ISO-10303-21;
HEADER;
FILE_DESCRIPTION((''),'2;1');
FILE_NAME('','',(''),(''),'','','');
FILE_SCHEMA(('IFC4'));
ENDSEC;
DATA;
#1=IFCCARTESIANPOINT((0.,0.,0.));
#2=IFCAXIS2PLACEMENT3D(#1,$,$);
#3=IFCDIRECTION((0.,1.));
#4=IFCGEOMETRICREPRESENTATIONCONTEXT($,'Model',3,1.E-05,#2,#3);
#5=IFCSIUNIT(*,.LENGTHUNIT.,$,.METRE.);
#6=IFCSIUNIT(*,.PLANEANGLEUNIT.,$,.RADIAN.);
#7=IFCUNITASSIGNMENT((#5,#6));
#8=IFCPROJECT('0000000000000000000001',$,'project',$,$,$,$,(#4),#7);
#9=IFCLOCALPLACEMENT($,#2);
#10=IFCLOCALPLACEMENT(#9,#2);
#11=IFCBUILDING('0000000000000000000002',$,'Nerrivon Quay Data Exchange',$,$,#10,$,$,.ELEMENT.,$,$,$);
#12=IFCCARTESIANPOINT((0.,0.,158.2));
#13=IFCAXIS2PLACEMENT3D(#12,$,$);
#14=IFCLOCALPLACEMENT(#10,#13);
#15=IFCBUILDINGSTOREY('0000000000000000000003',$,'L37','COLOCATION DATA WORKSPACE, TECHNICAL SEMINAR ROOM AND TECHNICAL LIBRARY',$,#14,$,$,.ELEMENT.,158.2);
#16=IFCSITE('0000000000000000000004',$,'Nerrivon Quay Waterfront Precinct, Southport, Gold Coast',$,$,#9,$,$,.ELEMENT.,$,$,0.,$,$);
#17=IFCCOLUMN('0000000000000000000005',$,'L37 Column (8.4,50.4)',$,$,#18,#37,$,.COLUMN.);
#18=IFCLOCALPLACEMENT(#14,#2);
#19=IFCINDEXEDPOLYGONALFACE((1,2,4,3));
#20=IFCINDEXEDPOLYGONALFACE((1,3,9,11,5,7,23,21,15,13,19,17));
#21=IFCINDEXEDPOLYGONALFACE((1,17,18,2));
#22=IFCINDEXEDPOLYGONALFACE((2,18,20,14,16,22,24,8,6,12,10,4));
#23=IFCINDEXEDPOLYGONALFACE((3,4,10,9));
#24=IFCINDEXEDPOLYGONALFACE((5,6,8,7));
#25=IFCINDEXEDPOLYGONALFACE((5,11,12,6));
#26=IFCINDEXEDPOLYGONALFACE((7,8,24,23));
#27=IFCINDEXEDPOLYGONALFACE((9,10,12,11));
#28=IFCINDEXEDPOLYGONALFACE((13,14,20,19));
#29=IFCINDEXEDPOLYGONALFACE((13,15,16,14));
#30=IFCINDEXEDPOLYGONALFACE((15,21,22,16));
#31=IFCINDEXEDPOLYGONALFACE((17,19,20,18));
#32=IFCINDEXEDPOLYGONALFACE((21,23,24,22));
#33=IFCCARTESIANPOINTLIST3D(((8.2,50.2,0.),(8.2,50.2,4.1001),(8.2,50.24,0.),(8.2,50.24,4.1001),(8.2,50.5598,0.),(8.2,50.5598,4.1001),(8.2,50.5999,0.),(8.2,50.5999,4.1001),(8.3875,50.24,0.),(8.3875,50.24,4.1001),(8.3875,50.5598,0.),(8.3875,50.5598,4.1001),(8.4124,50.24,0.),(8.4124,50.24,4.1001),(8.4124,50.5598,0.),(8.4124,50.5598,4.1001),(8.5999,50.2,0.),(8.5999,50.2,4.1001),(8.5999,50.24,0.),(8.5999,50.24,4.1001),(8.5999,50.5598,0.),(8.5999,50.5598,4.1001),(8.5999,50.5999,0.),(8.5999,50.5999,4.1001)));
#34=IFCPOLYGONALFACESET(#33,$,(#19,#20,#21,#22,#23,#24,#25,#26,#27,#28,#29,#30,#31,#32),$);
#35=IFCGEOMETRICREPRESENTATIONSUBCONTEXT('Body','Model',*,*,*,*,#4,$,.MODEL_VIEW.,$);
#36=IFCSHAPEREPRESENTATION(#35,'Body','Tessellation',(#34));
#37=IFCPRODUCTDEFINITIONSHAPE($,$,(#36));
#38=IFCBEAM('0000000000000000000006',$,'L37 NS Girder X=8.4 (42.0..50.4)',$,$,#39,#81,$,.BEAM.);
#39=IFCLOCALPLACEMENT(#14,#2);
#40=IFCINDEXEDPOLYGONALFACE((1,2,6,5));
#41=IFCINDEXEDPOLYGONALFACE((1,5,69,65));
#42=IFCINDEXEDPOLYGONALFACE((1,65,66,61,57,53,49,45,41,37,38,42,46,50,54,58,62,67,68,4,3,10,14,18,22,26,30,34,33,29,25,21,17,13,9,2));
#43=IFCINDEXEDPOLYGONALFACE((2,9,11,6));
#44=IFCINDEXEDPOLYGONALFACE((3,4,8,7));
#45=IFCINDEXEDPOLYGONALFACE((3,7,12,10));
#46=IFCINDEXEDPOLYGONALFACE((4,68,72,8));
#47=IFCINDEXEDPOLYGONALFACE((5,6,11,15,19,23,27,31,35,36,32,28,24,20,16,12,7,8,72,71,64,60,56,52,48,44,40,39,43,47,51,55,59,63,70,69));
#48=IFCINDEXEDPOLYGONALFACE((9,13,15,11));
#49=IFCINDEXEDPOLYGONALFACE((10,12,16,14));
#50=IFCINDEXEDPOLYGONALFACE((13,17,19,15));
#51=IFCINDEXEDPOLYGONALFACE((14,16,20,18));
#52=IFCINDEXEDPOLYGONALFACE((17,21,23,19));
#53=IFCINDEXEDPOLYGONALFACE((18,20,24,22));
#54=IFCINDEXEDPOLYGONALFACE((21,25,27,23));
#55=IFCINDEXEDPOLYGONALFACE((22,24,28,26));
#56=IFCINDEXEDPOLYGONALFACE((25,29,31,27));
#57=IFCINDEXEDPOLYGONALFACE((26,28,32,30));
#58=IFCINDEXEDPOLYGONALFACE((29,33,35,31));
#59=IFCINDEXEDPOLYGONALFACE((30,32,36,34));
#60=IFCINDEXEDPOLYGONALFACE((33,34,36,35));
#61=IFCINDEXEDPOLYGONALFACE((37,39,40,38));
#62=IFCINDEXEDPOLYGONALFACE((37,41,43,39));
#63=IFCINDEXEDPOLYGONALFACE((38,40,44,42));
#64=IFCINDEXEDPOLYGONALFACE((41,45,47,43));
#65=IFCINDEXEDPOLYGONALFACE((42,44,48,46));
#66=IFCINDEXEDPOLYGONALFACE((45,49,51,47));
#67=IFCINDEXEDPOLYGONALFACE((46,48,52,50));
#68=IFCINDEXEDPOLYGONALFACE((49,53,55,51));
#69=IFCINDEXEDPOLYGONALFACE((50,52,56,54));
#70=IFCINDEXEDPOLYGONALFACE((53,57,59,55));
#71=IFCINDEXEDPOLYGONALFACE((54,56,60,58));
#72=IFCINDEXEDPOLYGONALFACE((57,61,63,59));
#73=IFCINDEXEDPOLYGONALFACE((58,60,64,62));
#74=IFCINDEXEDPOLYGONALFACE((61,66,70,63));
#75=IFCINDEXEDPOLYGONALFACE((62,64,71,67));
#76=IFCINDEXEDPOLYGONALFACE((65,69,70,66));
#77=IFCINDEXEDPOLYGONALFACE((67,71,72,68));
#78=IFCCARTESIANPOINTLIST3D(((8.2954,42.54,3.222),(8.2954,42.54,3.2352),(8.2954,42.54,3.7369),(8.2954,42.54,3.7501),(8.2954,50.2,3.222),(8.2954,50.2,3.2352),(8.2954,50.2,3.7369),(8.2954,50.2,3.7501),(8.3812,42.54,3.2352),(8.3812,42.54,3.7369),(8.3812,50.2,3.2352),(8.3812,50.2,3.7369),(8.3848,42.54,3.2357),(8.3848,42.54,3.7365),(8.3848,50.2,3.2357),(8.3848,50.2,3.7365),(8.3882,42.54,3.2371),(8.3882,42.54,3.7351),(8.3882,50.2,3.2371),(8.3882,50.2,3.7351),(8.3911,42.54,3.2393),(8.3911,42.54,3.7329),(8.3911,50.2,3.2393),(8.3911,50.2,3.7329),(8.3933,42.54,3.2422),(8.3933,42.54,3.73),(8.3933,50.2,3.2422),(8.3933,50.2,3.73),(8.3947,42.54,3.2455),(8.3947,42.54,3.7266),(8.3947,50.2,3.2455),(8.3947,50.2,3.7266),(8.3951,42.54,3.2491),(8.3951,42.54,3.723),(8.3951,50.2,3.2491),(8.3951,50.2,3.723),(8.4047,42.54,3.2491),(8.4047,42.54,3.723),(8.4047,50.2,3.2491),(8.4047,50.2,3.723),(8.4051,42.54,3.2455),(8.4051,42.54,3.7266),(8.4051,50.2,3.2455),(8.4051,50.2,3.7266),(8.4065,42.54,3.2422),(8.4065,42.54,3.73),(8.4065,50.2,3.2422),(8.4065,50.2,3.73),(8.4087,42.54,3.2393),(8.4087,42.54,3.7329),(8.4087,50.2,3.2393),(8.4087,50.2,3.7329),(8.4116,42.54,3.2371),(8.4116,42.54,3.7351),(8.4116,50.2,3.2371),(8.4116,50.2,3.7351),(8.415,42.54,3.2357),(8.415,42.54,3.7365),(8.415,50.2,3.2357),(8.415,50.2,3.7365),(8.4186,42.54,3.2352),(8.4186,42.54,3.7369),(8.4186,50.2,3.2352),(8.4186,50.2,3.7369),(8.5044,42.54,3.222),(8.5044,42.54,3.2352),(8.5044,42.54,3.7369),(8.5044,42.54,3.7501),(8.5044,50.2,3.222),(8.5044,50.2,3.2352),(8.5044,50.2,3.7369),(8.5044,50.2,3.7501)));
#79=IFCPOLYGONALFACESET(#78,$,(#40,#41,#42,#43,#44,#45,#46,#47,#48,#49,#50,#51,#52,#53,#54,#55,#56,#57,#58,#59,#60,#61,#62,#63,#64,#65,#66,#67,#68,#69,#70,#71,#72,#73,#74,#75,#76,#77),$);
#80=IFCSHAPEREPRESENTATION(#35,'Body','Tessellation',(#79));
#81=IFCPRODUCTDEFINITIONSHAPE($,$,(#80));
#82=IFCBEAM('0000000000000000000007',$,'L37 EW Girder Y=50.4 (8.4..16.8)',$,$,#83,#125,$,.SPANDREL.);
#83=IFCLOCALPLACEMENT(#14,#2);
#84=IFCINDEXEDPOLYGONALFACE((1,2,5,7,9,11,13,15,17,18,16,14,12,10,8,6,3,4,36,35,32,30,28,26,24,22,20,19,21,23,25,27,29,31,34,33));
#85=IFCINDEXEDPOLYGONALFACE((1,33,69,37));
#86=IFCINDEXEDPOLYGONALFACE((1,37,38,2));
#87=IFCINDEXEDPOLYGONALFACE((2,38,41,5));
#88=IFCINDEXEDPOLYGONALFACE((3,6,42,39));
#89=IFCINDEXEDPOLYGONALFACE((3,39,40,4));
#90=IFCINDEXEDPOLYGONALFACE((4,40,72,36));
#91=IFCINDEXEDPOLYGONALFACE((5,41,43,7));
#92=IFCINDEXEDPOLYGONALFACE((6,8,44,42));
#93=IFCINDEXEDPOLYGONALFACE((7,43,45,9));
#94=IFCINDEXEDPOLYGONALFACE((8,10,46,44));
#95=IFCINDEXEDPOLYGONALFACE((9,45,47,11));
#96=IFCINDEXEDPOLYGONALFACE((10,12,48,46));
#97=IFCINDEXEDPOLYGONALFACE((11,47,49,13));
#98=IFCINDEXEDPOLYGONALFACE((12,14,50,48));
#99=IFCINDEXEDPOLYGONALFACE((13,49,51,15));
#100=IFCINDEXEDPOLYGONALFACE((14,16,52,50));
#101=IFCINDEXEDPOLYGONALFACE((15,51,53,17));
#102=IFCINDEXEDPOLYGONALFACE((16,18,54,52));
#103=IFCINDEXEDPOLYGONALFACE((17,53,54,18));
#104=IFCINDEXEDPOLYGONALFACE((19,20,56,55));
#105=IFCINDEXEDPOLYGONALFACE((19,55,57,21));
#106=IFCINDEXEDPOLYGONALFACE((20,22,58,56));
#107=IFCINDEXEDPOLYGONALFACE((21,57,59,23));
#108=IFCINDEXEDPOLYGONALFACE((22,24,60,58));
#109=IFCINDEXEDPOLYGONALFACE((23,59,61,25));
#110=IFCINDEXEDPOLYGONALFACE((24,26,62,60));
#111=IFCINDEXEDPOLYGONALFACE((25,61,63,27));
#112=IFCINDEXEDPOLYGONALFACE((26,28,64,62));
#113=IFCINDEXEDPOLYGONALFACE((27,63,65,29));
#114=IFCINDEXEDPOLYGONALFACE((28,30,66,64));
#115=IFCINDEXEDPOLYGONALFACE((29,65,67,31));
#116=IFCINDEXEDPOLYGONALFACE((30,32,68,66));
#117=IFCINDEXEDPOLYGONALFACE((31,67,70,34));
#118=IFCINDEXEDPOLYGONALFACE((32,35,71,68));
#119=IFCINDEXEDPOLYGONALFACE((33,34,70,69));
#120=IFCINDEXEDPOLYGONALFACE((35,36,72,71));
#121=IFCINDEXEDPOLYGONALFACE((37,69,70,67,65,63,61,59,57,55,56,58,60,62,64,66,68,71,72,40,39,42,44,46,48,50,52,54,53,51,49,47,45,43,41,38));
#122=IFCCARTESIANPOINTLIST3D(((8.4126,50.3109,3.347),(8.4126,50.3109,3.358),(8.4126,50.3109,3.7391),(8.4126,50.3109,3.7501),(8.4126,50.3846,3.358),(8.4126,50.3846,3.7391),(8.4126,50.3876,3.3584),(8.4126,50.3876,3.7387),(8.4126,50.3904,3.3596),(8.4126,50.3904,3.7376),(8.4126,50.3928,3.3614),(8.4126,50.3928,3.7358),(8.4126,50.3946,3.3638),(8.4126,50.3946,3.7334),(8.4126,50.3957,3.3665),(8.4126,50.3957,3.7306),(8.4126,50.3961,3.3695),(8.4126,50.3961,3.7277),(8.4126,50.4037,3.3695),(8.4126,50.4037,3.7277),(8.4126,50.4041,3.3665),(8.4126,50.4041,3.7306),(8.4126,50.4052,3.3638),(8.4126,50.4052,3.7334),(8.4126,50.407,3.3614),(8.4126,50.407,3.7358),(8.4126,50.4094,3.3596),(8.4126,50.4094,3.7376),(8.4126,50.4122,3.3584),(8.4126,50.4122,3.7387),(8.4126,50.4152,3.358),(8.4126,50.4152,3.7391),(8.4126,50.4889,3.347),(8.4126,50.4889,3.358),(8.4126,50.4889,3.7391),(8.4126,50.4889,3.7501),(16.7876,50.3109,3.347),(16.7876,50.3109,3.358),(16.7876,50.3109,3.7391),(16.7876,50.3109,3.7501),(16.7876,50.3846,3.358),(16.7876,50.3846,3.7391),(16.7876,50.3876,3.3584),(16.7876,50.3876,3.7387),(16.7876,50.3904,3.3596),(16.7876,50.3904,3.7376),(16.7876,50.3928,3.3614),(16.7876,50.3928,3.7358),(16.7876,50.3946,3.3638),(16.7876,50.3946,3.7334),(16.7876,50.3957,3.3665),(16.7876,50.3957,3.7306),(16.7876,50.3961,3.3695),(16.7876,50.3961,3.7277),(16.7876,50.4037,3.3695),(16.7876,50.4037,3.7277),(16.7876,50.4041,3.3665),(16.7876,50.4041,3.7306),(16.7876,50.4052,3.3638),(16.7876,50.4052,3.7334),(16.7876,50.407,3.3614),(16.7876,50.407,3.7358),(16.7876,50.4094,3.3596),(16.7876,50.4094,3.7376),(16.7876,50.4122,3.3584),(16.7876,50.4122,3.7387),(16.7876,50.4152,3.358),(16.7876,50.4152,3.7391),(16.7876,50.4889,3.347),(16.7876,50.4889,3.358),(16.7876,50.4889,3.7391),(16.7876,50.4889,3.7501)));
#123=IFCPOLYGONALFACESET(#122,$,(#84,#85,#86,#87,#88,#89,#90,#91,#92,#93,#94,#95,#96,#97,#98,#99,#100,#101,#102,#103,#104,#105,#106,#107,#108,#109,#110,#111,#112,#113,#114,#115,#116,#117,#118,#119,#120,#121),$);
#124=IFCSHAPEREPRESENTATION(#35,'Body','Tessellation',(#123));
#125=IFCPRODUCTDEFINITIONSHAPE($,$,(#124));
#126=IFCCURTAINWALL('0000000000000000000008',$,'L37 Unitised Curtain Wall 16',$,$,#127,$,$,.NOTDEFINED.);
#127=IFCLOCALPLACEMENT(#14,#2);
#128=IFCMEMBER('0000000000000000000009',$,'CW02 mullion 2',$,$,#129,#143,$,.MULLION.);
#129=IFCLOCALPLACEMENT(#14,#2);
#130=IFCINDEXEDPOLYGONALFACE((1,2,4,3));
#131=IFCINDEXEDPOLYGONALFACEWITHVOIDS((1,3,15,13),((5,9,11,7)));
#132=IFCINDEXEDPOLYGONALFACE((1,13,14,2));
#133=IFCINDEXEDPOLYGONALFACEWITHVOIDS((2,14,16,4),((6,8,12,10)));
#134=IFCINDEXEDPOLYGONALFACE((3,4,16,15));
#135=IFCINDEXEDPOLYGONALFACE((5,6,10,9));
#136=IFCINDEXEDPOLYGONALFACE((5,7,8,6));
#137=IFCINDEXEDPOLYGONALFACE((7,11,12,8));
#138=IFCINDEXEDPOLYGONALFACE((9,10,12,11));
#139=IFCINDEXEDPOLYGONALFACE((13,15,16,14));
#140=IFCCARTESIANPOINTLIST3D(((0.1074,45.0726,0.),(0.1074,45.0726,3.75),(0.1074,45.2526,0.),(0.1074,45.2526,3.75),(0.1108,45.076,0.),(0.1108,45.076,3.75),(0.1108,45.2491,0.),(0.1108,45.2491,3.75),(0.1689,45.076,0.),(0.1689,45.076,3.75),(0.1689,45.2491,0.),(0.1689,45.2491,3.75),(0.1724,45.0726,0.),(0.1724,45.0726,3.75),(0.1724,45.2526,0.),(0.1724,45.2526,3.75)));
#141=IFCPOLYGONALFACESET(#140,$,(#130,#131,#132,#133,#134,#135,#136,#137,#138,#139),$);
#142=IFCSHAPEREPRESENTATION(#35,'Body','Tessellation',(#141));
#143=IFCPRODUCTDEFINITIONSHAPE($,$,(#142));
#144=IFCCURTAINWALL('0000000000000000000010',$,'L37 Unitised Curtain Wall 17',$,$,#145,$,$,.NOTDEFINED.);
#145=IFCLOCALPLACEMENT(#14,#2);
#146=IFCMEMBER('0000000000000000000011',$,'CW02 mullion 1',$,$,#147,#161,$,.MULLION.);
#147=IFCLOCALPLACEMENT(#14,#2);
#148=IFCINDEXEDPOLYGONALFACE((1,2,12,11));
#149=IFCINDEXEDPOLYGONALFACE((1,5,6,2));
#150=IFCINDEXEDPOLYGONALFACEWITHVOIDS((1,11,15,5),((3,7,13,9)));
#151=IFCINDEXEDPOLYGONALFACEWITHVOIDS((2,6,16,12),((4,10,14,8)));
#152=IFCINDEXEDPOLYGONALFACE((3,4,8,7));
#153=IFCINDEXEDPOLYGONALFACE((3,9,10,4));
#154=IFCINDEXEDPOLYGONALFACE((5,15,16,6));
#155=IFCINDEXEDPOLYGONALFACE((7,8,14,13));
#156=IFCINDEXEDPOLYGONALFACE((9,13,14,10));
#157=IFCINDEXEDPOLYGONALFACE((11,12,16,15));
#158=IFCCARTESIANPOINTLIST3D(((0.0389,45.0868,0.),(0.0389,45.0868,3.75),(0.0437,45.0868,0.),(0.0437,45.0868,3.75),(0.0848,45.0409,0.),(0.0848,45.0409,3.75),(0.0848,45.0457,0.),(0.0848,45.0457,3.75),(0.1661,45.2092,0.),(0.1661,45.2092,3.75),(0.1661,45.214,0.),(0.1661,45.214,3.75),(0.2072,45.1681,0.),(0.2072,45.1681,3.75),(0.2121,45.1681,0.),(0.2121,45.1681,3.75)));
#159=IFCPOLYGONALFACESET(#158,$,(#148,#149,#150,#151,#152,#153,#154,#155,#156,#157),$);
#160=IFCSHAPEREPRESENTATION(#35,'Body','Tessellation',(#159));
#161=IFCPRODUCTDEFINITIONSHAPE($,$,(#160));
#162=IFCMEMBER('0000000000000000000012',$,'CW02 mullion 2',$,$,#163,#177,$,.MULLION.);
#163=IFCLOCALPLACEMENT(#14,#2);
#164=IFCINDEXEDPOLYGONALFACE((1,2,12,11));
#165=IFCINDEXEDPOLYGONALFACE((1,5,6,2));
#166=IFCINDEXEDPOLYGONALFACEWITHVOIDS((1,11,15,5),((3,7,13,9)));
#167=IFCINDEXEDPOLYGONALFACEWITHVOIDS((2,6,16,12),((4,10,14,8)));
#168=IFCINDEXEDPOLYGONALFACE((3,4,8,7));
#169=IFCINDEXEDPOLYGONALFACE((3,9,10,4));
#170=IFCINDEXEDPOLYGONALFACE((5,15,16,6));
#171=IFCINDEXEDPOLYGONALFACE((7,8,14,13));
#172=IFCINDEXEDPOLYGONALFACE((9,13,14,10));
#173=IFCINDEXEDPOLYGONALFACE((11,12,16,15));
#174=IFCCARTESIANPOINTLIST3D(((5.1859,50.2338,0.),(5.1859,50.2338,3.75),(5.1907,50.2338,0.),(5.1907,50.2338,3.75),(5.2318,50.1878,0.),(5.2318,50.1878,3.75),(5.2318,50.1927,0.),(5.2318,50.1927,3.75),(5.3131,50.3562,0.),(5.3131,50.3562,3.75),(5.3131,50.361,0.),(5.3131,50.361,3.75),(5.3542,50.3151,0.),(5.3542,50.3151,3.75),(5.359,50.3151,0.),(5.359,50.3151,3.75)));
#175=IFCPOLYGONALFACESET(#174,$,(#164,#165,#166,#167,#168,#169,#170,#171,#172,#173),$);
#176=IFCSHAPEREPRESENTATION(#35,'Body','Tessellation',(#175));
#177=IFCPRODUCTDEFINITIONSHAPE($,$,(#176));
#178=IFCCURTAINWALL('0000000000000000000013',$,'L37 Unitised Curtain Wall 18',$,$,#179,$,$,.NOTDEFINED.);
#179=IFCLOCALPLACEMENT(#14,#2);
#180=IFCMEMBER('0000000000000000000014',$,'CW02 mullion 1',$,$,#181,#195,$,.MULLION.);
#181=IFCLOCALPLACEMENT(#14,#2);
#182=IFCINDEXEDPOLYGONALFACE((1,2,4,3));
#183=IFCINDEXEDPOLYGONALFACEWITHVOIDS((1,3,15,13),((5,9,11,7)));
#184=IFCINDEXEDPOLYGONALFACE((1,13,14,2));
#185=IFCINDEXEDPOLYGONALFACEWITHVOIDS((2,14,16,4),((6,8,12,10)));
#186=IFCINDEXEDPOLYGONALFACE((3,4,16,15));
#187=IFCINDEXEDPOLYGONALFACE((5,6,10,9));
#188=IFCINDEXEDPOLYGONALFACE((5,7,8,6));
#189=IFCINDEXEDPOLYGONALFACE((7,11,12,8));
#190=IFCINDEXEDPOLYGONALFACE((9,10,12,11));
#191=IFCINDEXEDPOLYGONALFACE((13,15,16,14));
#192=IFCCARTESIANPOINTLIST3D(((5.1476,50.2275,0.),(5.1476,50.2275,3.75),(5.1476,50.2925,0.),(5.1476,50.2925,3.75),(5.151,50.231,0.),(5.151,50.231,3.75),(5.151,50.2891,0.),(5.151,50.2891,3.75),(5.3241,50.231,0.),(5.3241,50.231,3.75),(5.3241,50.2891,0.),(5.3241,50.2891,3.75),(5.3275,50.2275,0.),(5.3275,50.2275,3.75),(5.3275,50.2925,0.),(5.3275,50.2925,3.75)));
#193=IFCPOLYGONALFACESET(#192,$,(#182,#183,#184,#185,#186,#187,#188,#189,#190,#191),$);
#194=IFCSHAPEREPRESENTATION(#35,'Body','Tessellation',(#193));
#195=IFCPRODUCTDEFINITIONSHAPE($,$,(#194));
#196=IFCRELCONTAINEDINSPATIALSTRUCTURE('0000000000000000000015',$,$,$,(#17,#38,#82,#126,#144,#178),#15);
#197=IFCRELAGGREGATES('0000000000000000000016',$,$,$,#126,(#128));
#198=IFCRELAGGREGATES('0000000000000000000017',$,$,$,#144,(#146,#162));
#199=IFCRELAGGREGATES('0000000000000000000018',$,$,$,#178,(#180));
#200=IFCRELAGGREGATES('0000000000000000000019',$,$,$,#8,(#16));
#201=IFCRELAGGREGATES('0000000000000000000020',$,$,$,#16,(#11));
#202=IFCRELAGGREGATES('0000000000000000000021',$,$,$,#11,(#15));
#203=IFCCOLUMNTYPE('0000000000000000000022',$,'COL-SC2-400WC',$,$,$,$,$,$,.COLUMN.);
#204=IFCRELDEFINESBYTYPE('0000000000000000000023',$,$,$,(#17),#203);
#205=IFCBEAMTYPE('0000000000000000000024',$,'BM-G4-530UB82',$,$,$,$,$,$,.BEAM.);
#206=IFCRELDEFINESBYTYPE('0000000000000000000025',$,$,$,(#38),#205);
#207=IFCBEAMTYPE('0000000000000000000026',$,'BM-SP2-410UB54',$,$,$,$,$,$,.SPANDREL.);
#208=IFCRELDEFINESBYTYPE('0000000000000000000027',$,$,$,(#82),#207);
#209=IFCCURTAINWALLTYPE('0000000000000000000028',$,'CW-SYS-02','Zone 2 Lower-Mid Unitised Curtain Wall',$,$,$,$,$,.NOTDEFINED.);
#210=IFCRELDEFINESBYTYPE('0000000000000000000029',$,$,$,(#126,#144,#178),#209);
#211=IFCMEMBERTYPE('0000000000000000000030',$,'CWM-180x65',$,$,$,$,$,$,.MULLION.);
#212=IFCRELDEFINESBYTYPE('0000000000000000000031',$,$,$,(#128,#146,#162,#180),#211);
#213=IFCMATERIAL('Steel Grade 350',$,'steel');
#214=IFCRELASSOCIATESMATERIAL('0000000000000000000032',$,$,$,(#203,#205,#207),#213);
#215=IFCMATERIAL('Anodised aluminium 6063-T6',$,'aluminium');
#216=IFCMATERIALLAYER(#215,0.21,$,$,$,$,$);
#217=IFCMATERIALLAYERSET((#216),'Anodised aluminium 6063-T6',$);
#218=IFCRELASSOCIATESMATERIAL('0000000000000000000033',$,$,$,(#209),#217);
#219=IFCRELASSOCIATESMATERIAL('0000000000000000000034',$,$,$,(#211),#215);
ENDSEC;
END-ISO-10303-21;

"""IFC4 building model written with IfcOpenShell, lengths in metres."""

from ifc_helpers import new_model, si_unit, direction, frame, origin, origin_2d, place, context, subcontext, project, spatial, hollow_rectangle, i_section, extrude, material, layer, layer_set, material_profile, profile_set, type_object, element, aggregate, save


model = new_model("IFC4")

# Units and contexts
model_context = context("Model", 3, precision=1e-05, world=origin(), true_north=direction((0.0, 1.0)))
body_context = subcontext(model_context, "Body", "Model", "MODEL_VIEW")
ifc_project = project(units=[si_unit("LENGTHUNIT", "METRE"), si_unit("PLANEANGLEUNIT", "RADIAN")], contexts=[model_context])

# Site, building, storey
site_placement = place(None, origin())
site = spatial("IfcSite", under=ifc_project, at=site_placement, Name="Nerrivon Quay Waterfront Precinct, Southport, Gold Coast", CompositionType="ELEMENT", RefElevation=0.0)
building_placement = place(site_placement, origin())
building = spatial("IfcBuilding", under=site, at=building_placement, Name="Nerrivon Quay Data Exchange", CompositionType="ELEMENT")
storey_placement = place(building_placement, frame((0.0, 0.0, 158.2)))
storey = spatial("IfcBuildingStorey", under=building, at=storey_placement, Name="L37", Description="COLOCATION DATA WORKSPACE, TECHNICAL SEMINAR ROOM AND TECHNICAL LIBRARY", CompositionType="ELEMENT", Elevation=158.2)

# Column
ifc_material_1 = material(Name="Steel Grade 350", Category="steel")
ifc_material_profile_1 = material_profile(ifc_material_1, i_section(OverallWidth=0.3999, OverallDepth=0.3999, WebThickness=0.0249, FlangeThickness=0.04, at=origin_2d()), Name="400WC328")
ifc_profile_set_1 = profile_set([ifc_material_profile_1], Name="Steel Grade 350")
column_type = type_object("IfcColumnType", Name="COL-SC2-400WC", PredefinedType="COLUMN", material=ifc_profile_set_1)
column_placement = place(storey_placement, frame((8.3999, 50.3999, 0.0), z_axis=(0.0, 0.0, 1.0), x_axis=(1.0, 0.0, 0.0)))
element("IfcColumn", 1, at=column_placement, inside=storey, type_object=column_type, Name="L37 Column (8.4,50.4)", PredefinedType="COLUMN", context=body_context, shape_type="SweptSolid", body=[
    extrude(i_section(OverallWidth=0.3999, OverallDepth=0.3999, WebThickness=0.0249, FlangeThickness=0.04, at=origin_2d()), origin(), (0.0, 0.0, 1.0), 4.1001),
])

# Beams
ifc_material_profile_2 = material_profile(ifc_material_1, i_section(OverallWidth=0.209, OverallDepth=0.5281, WebThickness=0.0095, FlangeThickness=0.0132, FilletRadius=0.0139, at=origin_2d()), Name="530UB82.0")
ifc_profile_set_2 = profile_set([ifc_material_profile_2], Name="Steel Grade 350")
beam_type_1 = type_object("IfcBeamType", Name="BM-G4-530UB82", PredefinedType="BEAM", material=ifc_profile_set_2)
beam_1_placement = place(storey_placement, frame((8.3999, 42.54, 3.4861), z_axis=(0.0, 1.0, 0.0), x_axis=(-1.0, 0.0, 0.0)))
element("IfcBeam", 2, at=beam_1_placement, inside=storey, type_object=beam_type_1, Name="L37 NS Girder X=8.4 (42.0..50.4)", PredefinedType="BEAM", context=body_context, shape_type="SweptSolid", body=[
    extrude(i_section(OverallWidth=0.209, OverallDepth=0.5281, WebThickness=0.0095, FlangeThickness=0.0132, FilletRadius=0.0139, at=origin_2d()), origin(), (0.0, 0.0, 1.0), 7.6599),
])
ifc_material_profile_3 = material_profile(ifc_material_1, i_section(OverallWidth=0.178, OverallDepth=0.4031, WebThickness=0.0076, FlangeThickness=0.011, FilletRadius=0.0115, at=origin_2d()), Name="410UB53.7")
ifc_profile_set_3 = profile_set([ifc_material_profile_3], Name="Steel Grade 350")
beam_type_2 = type_object("IfcBeamType", Name="BM-SP2-410UB54", PredefinedType="SPANDREL", material=ifc_profile_set_3)
beam_2_placement = place(storey_placement, frame((8.4126, 50.3999, 3.5486), z_axis=(1.0, 0.0, 0.0), x_axis=(0.0, 1.0, 0.0)))
element("IfcBeam", 3, at=beam_2_placement, inside=storey, type_object=beam_type_2, Name="L37 EW Girder Y=50.4 (8.4..16.8)", PredefinedType="SPANDREL", context=body_context, shape_type="SweptSolid", body=[
    extrude(i_section(OverallWidth=0.178, OverallDepth=0.4031, WebThickness=0.0076, FlangeThickness=0.011, FilletRadius=0.0115, at=origin_2d()), origin(), (0.0, 0.0, 1.0), 8.375),
])

# Curtain wall, member
ifc_material_2 = material(Name="Anodised aluminium 6063-T6", Category="aluminium")
ifc_layer_1 = layer(ifc_material_2, 0.21)
ifc_layer_set_1 = layer_set([ifc_layer_1], Name="Anodised aluminium 6063-T6")
curtain_wall_type = type_object("IfcCurtainWallType", Name="CW-SYS-02", Description="Zone 2 Lower-Mid Unitised Curtain Wall", PredefinedType="NOTDEFINED", material=ifc_layer_set_1)
curtain_wall_1_placement = place(storey_placement, origin())
curtain_wall_1 = element("IfcCurtainWall", 4, at=curtain_wall_1_placement, inside=storey, type_object=curtain_wall_type, Name="L37 Unitised Curtain Wall 16", PredefinedType="NOTDEFINED")
ifc_material_profile_4 = material_profile(ifc_material_2, hollow_rectangle(XDim=0.0649, YDim=0.1799, WallThickness=0.0034, at=origin_2d()), Name="ALU-MULL-180x65")
ifc_profile_set_4 = profile_set([ifc_material_profile_4], Name="Anodised aluminium 6063-T6")
member_type_1 = type_object("IfcMemberType", Name="CWM-180x65", PredefinedType="MULLION", material=ifc_profile_set_4)
member_1_placement = place(storey_placement, frame((0.1399, 45.1626, 0.0), z_axis=(0.0, 0.0, 1.0), x_axis=(-1.0, 0.0, 0.0)))
member_1 = element("IfcMember", 5, at=member_1_placement, type_object=member_type_1, Name="CW02 mullion 2", PredefinedType="MULLION", context=body_context, shape_type="SweptSolid", body=[
    extrude(hollow_rectangle(XDim=0.0649, YDim=0.1799, WallThickness=0.0034, at=origin_2d()), origin(), (0.0, 0.0, 1.0), 3.75),
])

# Curtain walls, members
curtain_wall_2_placement = place(storey_placement, origin())
curtain_wall_2 = element("IfcCurtainWall", 6, at=curtain_wall_2_placement, inside=storey, type_object=curtain_wall_type, Name="L37 Unitised Curtain Wall 17", PredefinedType="NOTDEFINED")
member_2_placement = place(storey_placement, frame((0.1255, 45.1274, 0.0), z_axis=(0.0, 0.0, 1.0), x_axis=(-0.707107, 0.707107, 0.0)))
member_2 = element("IfcMember", 7, at=member_2_placement, type_object=member_type_1, Name="CW02 mullion 1", PredefinedType="MULLION", context=body_context, shape_type="SweptSolid", body=[
    extrude(hollow_rectangle(XDim=0.0649, YDim=0.1799, WallThickness=0.0034, at=origin_2d()), origin(), (0.0, 0.0, 1.0), 3.75),
])
member_3_placement = place(storey_placement, frame((5.2725, 50.2744, 0.0), z_axis=(0.0, 0.0, 1.0), x_axis=(-0.707107, 0.707107, 0.0)))
member_3 = element("IfcMember", 8, at=member_3_placement, type_object=member_type_1, Name="CW02 mullion 2", PredefinedType="MULLION", context=body_context, shape_type="SweptSolid", body=[
    extrude(hollow_rectangle(XDim=0.0649, YDim=0.1799, WallThickness=0.0034, at=origin_2d()), origin(), (0.0, 0.0, 1.0), 3.75),
])
curtain_wall_3_placement = place(storey_placement, origin())
curtain_wall_3 = element("IfcCurtainWall", 9, at=curtain_wall_3_placement, inside=storey, type_object=curtain_wall_type, Name="L37 Unitised Curtain Wall 18", PredefinedType="NOTDEFINED")
member_4_placement = place(storey_placement, frame((5.2375, 50.26, 0.0), z_axis=(0.0, 0.0, 1.0), x_axis=(0.0, 1.0, 0.0)))
member_4 = element("IfcMember", 10, at=member_4_placement, type_object=member_type_1, Name="CW02 mullion 1", PredefinedType="MULLION", context=body_context, shape_type="SweptSolid", body=[
    extrude(hollow_rectangle(XDim=0.0649, YDim=0.1799, WallThickness=0.0034, at=origin_2d()), origin(), (0.0, 0.0, 1.0), 3.75),
])

aggregate(curtain_wall_1, [member_1])
aggregate(curtain_wall_2, [member_2, member_3])
aggregate(curtain_wall_3, [member_4])

save(model, "model.ifc")
